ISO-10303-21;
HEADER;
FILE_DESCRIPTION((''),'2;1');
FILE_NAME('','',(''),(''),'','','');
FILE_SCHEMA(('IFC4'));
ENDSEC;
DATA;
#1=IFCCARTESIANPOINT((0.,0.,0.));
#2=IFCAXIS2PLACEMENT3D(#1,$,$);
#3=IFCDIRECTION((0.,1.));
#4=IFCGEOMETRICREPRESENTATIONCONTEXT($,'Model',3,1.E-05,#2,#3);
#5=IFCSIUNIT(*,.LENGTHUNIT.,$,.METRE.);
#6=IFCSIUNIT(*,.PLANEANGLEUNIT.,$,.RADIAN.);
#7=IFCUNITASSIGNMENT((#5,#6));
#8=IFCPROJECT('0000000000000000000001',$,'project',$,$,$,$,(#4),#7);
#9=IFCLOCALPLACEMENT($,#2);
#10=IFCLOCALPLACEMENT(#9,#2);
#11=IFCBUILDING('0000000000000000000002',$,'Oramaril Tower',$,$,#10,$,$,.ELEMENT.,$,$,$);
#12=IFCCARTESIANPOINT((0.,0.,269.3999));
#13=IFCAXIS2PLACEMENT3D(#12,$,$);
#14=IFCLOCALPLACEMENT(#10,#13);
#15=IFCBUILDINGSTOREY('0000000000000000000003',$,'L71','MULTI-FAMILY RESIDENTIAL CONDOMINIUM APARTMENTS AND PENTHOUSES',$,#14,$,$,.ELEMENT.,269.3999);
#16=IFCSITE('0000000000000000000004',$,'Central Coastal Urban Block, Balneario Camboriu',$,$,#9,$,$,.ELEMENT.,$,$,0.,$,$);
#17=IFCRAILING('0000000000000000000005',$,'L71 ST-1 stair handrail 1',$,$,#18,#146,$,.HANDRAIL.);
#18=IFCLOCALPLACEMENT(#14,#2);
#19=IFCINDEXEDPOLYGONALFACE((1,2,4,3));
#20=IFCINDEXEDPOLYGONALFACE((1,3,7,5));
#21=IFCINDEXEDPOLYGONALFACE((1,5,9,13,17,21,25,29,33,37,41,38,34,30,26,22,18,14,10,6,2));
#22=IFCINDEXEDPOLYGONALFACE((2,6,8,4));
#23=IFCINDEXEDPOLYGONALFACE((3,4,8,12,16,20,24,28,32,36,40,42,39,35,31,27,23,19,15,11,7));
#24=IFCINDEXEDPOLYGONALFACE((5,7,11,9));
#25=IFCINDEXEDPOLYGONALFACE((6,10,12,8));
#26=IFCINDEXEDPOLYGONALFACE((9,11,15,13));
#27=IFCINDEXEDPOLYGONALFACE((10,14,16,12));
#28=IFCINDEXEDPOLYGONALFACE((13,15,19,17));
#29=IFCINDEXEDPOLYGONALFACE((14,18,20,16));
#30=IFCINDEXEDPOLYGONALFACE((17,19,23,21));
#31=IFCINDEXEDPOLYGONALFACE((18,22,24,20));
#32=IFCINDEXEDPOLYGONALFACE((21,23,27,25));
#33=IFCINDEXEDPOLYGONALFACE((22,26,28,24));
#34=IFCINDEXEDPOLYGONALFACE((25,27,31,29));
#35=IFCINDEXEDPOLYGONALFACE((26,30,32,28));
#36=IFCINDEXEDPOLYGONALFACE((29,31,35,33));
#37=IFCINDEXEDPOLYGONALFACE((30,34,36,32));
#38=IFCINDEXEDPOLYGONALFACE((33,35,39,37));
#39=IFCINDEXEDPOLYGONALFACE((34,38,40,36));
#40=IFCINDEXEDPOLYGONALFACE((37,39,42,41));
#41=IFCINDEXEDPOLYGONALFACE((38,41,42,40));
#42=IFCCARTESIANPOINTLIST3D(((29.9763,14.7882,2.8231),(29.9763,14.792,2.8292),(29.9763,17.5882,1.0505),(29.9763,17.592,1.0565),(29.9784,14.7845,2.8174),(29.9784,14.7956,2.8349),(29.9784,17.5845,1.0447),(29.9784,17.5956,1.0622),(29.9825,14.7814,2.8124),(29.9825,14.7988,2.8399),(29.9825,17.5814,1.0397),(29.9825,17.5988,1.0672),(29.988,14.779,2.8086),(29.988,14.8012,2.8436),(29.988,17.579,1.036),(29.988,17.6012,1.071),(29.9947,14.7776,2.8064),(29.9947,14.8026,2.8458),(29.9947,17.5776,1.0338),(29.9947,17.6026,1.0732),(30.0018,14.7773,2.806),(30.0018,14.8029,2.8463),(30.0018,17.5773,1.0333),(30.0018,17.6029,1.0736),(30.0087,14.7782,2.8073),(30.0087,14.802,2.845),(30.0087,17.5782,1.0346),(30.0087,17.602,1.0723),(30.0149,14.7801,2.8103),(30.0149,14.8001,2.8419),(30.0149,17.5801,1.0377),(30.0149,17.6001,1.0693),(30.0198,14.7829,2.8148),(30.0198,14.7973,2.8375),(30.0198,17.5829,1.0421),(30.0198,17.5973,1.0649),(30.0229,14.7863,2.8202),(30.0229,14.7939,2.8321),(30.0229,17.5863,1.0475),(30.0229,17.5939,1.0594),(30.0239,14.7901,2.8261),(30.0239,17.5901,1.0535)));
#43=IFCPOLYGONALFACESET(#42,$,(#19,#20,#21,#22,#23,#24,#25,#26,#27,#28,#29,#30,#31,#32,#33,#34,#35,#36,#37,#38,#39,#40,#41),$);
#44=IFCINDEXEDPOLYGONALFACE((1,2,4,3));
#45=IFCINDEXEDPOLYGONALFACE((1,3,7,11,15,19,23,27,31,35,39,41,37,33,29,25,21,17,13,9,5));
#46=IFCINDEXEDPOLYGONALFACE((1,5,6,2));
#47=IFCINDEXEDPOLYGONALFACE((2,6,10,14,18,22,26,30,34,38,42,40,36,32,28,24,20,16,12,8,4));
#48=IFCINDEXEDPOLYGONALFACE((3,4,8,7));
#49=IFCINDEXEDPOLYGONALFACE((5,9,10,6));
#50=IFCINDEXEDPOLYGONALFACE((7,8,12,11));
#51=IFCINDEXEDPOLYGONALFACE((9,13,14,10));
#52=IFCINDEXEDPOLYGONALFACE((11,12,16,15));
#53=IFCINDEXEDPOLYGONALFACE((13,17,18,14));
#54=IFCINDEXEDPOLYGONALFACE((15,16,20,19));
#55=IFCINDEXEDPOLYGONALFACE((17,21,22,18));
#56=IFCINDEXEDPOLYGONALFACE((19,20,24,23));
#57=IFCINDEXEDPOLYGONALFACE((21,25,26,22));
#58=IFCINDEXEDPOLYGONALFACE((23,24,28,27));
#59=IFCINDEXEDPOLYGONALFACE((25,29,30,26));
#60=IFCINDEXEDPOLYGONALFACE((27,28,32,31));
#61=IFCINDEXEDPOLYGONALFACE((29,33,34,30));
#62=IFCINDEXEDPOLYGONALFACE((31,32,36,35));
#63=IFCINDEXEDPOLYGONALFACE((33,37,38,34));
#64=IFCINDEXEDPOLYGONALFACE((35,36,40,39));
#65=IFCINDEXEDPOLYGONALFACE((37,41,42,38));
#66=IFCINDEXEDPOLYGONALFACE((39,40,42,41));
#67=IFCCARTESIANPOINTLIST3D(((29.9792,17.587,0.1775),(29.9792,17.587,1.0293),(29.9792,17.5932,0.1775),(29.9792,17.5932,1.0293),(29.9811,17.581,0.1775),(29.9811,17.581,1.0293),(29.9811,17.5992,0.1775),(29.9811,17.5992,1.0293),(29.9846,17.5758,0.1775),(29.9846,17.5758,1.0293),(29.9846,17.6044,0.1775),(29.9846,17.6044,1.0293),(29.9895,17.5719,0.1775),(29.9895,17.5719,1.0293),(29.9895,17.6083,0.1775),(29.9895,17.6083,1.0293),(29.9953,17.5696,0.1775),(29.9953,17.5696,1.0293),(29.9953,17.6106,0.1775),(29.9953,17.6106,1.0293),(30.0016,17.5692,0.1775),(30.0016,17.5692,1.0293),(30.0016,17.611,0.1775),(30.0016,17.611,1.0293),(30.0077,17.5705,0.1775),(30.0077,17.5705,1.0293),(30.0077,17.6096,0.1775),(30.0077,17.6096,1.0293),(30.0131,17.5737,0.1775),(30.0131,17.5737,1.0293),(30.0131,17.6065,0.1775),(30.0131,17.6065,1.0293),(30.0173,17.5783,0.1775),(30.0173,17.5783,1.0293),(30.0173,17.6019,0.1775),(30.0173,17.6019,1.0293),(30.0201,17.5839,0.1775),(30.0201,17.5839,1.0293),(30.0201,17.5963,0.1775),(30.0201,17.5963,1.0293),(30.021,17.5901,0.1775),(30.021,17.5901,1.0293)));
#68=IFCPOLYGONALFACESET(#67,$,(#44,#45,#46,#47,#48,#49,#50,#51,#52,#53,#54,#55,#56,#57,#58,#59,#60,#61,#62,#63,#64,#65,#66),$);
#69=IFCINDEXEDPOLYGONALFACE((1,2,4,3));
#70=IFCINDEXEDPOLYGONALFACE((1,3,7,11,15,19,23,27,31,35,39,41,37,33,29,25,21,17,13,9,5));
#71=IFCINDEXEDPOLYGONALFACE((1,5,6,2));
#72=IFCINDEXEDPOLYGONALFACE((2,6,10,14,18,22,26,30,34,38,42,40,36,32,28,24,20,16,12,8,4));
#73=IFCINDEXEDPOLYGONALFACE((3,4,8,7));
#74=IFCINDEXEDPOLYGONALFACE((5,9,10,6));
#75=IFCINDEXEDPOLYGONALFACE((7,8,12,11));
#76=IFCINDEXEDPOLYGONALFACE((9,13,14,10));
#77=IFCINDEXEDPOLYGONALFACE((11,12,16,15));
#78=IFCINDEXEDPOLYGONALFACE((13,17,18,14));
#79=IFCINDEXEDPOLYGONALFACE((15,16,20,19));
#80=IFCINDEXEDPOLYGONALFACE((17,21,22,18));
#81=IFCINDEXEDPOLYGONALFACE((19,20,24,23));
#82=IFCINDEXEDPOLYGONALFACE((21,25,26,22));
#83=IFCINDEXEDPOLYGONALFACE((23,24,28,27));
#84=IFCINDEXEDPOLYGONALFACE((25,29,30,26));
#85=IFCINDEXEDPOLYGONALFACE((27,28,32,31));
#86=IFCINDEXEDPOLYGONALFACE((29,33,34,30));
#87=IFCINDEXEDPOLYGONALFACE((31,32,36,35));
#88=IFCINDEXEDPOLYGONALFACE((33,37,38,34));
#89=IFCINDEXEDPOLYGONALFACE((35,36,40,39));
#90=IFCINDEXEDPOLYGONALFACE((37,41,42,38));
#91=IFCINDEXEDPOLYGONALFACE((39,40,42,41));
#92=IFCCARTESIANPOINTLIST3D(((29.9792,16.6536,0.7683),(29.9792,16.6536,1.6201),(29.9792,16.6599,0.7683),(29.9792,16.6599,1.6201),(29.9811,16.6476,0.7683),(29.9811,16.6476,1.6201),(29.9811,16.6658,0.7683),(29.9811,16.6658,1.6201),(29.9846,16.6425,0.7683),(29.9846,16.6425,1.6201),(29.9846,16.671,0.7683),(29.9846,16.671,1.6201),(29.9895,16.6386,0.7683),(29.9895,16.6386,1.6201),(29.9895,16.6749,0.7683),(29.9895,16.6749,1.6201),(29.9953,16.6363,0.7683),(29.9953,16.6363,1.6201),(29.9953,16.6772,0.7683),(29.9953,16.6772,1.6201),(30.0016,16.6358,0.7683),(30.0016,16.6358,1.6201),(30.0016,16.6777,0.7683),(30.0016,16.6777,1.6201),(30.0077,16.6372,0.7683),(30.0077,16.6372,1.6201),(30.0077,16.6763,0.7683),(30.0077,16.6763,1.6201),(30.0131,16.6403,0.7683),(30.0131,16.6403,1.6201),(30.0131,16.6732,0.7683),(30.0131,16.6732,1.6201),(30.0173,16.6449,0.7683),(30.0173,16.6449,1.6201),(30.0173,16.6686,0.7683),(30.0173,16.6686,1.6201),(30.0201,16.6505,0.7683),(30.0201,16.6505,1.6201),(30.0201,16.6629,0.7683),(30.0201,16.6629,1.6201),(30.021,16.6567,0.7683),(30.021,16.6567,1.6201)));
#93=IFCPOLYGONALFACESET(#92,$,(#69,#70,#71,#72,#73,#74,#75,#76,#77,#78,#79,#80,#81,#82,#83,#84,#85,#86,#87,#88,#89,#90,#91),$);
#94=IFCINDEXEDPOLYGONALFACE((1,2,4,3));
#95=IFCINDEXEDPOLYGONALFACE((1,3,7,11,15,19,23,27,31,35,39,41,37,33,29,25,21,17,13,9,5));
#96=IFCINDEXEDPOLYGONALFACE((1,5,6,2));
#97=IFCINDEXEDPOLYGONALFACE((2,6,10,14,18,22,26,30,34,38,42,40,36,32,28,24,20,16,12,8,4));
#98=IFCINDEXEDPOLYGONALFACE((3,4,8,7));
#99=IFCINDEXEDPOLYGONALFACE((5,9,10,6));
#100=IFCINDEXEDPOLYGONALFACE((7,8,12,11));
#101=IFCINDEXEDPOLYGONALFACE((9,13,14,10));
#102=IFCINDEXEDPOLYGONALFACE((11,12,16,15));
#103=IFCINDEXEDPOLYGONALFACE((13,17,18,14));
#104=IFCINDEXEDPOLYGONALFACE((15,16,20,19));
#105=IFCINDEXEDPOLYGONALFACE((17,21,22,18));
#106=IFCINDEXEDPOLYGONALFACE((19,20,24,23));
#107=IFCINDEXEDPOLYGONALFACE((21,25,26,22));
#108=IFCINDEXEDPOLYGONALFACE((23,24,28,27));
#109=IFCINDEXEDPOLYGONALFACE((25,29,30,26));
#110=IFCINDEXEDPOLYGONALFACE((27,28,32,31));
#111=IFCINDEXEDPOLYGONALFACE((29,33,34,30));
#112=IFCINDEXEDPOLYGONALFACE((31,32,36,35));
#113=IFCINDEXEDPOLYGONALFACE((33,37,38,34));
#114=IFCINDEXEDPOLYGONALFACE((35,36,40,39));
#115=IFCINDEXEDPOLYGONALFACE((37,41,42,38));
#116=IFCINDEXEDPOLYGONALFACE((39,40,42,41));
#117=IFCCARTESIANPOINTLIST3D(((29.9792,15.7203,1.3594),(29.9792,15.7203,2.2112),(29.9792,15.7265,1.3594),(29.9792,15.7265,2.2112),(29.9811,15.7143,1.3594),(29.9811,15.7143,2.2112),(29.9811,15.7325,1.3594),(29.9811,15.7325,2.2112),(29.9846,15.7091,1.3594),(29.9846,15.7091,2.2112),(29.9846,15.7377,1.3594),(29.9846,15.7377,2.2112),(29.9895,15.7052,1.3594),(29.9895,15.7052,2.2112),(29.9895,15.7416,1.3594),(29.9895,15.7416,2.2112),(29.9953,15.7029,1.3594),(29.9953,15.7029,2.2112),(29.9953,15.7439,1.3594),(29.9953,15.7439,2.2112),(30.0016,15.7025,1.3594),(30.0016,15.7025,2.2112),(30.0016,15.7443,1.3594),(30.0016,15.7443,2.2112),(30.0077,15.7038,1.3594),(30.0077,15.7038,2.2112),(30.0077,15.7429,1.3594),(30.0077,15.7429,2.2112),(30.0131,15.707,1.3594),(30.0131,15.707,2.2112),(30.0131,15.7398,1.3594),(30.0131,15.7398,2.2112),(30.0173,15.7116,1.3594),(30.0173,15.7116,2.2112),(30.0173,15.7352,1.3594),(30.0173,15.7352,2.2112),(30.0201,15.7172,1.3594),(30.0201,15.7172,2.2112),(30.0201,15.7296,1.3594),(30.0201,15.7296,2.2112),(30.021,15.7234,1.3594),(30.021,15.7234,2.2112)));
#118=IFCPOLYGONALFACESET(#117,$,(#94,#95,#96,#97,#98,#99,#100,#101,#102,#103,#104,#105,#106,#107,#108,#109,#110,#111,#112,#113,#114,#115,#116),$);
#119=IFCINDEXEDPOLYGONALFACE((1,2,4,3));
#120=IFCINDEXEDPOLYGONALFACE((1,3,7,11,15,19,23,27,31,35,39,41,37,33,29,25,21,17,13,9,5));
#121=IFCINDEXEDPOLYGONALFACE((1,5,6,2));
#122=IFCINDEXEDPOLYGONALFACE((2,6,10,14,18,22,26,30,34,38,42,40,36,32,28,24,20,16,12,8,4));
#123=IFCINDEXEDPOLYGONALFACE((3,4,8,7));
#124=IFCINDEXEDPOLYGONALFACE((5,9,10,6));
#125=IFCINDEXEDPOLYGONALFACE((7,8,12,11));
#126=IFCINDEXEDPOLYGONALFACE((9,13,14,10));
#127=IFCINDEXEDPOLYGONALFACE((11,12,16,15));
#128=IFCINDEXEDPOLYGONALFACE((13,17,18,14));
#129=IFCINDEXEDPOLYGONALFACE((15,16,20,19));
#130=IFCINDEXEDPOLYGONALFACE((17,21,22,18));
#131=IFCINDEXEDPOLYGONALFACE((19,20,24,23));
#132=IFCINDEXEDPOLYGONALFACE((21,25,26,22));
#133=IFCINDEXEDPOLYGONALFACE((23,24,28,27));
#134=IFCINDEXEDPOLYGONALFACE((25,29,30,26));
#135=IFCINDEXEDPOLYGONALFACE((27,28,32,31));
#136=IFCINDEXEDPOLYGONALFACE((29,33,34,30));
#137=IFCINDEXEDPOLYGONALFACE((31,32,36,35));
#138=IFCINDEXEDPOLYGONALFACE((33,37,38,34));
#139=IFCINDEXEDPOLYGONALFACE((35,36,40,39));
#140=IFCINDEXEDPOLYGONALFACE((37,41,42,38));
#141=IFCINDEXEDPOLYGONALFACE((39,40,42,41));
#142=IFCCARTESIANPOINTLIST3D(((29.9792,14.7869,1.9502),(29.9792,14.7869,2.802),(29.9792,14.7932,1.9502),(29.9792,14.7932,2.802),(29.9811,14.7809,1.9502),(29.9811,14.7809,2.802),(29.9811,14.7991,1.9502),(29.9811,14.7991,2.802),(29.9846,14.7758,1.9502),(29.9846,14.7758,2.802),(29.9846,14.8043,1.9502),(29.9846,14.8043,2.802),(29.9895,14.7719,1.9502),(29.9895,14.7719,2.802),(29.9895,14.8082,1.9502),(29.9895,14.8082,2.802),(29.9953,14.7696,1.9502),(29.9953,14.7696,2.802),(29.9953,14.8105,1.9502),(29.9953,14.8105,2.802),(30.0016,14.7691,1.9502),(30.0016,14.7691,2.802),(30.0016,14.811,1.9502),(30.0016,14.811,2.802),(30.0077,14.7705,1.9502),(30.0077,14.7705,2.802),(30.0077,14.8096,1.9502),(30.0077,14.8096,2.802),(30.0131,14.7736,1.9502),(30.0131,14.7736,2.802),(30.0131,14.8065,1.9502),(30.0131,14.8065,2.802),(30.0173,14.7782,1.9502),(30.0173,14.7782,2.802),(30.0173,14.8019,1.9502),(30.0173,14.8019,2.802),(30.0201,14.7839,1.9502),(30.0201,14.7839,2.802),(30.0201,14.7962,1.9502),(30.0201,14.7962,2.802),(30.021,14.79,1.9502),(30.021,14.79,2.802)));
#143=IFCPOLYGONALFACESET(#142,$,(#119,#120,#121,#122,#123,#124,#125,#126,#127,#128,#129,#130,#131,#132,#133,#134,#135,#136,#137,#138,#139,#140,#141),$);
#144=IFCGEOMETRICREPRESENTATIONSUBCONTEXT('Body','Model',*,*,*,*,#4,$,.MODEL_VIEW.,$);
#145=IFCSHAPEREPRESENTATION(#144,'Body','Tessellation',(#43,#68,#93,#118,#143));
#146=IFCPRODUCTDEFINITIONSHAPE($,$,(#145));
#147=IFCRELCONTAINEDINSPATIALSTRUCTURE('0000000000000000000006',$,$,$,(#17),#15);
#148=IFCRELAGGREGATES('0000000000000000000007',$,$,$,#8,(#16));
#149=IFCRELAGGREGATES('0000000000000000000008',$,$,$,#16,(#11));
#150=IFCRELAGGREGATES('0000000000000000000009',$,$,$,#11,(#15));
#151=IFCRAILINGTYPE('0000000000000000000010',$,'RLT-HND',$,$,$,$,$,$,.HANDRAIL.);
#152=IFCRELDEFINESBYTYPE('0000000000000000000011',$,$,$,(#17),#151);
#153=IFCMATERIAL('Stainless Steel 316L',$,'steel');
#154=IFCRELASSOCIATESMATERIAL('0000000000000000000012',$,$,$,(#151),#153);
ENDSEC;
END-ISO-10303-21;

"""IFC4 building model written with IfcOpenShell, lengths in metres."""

from ifc_helpers import new_model, si_unit, direction, frame, origin, origin_2d, place, context, subcontext, project, spatial, circle, extrude, material, type_object, element, save


model = new_model("IFC4")

# Units and contexts
model_context = context("Model", 3, precision=1e-05, world=origin(), true_north=direction((0.0, 1.0)))
body_context = subcontext(model_context, "Body", "Model", "MODEL_VIEW")
ifc_project = project(units=[si_unit("LENGTHUNIT", "METRE"), si_unit("PLANEANGLEUNIT", "RADIAN")], contexts=[model_context])

# Site, building, storey
site_placement = place(None, origin())
site = spatial("IfcSite", under=ifc_project, at=site_placement, Name="Central Coastal Urban Block, Balneario Camboriu", CompositionType="ELEMENT", RefElevation=0.0)
building_placement = place(site_placement, origin())
building = spatial("IfcBuilding", under=site, at=building_placement, Name="Oramaril Tower", CompositionType="ELEMENT")
storey_placement = place(building_placement, frame((0.0, 0.0, 269.3999)))
storey = spatial("IfcBuildingStorey", under=building, at=storey_placement, Name="L71", Description="MULTI-FAMILY RESIDENTIAL CONDOMINIUM APARTMENTS AND PENTHOUSES", CompositionType="ELEMENT", Elevation=269.3999)

# Railing
ifc_material_1 = material(Name="Stainless Steel 316L", Category="steel")
railing_type_1 = type_object("IfcRailingType", Name="RLT-HND", PredefinedType="HANDRAIL", material=ifc_material_1)
railing_1_placement = place(storey_placement, frame((30.0, 17.5901, 0.1775)))
element("IfcRailing", 1, at=railing_1_placement, inside=storey, type_object=railing_type_1, Name="L71 ST-1 stair handrail 1", PredefinedType="HANDRAIL", context=body_context, shape_type="SweptSolid", body=[
    extrude(circle(Radius=0.0239, at=origin_2d()), frame((0.0, 0.0, 0.876), z_axis=(0.0, -0.844909, 0.53491), x_axis=(1.0, 0.0, 0.0)), (0.0, 0.0, 1.0), 3.314),
    extrude(circle(Radius=0.021, at=origin_2d()), origin(), (0.0, 0.0, 1.0), 0.8518),
    extrude(circle(Radius=0.021, at=origin_2d()), frame((0.0, -0.9333, 0.5908)), (0.0, 0.0, 1.0), 0.8518),
    extrude(circle(Radius=0.021, at=origin_2d()), frame((0.0, -1.8667, 1.1819)), (0.0, 0.0, 1.0), 0.8518),
    extrude(circle(Radius=0.021, at=origin_2d()), frame((0.0, -2.8, 1.7727)), (0.0, 0.0, 1.0), 0.8518),
])

save(model, "model.ifc")
